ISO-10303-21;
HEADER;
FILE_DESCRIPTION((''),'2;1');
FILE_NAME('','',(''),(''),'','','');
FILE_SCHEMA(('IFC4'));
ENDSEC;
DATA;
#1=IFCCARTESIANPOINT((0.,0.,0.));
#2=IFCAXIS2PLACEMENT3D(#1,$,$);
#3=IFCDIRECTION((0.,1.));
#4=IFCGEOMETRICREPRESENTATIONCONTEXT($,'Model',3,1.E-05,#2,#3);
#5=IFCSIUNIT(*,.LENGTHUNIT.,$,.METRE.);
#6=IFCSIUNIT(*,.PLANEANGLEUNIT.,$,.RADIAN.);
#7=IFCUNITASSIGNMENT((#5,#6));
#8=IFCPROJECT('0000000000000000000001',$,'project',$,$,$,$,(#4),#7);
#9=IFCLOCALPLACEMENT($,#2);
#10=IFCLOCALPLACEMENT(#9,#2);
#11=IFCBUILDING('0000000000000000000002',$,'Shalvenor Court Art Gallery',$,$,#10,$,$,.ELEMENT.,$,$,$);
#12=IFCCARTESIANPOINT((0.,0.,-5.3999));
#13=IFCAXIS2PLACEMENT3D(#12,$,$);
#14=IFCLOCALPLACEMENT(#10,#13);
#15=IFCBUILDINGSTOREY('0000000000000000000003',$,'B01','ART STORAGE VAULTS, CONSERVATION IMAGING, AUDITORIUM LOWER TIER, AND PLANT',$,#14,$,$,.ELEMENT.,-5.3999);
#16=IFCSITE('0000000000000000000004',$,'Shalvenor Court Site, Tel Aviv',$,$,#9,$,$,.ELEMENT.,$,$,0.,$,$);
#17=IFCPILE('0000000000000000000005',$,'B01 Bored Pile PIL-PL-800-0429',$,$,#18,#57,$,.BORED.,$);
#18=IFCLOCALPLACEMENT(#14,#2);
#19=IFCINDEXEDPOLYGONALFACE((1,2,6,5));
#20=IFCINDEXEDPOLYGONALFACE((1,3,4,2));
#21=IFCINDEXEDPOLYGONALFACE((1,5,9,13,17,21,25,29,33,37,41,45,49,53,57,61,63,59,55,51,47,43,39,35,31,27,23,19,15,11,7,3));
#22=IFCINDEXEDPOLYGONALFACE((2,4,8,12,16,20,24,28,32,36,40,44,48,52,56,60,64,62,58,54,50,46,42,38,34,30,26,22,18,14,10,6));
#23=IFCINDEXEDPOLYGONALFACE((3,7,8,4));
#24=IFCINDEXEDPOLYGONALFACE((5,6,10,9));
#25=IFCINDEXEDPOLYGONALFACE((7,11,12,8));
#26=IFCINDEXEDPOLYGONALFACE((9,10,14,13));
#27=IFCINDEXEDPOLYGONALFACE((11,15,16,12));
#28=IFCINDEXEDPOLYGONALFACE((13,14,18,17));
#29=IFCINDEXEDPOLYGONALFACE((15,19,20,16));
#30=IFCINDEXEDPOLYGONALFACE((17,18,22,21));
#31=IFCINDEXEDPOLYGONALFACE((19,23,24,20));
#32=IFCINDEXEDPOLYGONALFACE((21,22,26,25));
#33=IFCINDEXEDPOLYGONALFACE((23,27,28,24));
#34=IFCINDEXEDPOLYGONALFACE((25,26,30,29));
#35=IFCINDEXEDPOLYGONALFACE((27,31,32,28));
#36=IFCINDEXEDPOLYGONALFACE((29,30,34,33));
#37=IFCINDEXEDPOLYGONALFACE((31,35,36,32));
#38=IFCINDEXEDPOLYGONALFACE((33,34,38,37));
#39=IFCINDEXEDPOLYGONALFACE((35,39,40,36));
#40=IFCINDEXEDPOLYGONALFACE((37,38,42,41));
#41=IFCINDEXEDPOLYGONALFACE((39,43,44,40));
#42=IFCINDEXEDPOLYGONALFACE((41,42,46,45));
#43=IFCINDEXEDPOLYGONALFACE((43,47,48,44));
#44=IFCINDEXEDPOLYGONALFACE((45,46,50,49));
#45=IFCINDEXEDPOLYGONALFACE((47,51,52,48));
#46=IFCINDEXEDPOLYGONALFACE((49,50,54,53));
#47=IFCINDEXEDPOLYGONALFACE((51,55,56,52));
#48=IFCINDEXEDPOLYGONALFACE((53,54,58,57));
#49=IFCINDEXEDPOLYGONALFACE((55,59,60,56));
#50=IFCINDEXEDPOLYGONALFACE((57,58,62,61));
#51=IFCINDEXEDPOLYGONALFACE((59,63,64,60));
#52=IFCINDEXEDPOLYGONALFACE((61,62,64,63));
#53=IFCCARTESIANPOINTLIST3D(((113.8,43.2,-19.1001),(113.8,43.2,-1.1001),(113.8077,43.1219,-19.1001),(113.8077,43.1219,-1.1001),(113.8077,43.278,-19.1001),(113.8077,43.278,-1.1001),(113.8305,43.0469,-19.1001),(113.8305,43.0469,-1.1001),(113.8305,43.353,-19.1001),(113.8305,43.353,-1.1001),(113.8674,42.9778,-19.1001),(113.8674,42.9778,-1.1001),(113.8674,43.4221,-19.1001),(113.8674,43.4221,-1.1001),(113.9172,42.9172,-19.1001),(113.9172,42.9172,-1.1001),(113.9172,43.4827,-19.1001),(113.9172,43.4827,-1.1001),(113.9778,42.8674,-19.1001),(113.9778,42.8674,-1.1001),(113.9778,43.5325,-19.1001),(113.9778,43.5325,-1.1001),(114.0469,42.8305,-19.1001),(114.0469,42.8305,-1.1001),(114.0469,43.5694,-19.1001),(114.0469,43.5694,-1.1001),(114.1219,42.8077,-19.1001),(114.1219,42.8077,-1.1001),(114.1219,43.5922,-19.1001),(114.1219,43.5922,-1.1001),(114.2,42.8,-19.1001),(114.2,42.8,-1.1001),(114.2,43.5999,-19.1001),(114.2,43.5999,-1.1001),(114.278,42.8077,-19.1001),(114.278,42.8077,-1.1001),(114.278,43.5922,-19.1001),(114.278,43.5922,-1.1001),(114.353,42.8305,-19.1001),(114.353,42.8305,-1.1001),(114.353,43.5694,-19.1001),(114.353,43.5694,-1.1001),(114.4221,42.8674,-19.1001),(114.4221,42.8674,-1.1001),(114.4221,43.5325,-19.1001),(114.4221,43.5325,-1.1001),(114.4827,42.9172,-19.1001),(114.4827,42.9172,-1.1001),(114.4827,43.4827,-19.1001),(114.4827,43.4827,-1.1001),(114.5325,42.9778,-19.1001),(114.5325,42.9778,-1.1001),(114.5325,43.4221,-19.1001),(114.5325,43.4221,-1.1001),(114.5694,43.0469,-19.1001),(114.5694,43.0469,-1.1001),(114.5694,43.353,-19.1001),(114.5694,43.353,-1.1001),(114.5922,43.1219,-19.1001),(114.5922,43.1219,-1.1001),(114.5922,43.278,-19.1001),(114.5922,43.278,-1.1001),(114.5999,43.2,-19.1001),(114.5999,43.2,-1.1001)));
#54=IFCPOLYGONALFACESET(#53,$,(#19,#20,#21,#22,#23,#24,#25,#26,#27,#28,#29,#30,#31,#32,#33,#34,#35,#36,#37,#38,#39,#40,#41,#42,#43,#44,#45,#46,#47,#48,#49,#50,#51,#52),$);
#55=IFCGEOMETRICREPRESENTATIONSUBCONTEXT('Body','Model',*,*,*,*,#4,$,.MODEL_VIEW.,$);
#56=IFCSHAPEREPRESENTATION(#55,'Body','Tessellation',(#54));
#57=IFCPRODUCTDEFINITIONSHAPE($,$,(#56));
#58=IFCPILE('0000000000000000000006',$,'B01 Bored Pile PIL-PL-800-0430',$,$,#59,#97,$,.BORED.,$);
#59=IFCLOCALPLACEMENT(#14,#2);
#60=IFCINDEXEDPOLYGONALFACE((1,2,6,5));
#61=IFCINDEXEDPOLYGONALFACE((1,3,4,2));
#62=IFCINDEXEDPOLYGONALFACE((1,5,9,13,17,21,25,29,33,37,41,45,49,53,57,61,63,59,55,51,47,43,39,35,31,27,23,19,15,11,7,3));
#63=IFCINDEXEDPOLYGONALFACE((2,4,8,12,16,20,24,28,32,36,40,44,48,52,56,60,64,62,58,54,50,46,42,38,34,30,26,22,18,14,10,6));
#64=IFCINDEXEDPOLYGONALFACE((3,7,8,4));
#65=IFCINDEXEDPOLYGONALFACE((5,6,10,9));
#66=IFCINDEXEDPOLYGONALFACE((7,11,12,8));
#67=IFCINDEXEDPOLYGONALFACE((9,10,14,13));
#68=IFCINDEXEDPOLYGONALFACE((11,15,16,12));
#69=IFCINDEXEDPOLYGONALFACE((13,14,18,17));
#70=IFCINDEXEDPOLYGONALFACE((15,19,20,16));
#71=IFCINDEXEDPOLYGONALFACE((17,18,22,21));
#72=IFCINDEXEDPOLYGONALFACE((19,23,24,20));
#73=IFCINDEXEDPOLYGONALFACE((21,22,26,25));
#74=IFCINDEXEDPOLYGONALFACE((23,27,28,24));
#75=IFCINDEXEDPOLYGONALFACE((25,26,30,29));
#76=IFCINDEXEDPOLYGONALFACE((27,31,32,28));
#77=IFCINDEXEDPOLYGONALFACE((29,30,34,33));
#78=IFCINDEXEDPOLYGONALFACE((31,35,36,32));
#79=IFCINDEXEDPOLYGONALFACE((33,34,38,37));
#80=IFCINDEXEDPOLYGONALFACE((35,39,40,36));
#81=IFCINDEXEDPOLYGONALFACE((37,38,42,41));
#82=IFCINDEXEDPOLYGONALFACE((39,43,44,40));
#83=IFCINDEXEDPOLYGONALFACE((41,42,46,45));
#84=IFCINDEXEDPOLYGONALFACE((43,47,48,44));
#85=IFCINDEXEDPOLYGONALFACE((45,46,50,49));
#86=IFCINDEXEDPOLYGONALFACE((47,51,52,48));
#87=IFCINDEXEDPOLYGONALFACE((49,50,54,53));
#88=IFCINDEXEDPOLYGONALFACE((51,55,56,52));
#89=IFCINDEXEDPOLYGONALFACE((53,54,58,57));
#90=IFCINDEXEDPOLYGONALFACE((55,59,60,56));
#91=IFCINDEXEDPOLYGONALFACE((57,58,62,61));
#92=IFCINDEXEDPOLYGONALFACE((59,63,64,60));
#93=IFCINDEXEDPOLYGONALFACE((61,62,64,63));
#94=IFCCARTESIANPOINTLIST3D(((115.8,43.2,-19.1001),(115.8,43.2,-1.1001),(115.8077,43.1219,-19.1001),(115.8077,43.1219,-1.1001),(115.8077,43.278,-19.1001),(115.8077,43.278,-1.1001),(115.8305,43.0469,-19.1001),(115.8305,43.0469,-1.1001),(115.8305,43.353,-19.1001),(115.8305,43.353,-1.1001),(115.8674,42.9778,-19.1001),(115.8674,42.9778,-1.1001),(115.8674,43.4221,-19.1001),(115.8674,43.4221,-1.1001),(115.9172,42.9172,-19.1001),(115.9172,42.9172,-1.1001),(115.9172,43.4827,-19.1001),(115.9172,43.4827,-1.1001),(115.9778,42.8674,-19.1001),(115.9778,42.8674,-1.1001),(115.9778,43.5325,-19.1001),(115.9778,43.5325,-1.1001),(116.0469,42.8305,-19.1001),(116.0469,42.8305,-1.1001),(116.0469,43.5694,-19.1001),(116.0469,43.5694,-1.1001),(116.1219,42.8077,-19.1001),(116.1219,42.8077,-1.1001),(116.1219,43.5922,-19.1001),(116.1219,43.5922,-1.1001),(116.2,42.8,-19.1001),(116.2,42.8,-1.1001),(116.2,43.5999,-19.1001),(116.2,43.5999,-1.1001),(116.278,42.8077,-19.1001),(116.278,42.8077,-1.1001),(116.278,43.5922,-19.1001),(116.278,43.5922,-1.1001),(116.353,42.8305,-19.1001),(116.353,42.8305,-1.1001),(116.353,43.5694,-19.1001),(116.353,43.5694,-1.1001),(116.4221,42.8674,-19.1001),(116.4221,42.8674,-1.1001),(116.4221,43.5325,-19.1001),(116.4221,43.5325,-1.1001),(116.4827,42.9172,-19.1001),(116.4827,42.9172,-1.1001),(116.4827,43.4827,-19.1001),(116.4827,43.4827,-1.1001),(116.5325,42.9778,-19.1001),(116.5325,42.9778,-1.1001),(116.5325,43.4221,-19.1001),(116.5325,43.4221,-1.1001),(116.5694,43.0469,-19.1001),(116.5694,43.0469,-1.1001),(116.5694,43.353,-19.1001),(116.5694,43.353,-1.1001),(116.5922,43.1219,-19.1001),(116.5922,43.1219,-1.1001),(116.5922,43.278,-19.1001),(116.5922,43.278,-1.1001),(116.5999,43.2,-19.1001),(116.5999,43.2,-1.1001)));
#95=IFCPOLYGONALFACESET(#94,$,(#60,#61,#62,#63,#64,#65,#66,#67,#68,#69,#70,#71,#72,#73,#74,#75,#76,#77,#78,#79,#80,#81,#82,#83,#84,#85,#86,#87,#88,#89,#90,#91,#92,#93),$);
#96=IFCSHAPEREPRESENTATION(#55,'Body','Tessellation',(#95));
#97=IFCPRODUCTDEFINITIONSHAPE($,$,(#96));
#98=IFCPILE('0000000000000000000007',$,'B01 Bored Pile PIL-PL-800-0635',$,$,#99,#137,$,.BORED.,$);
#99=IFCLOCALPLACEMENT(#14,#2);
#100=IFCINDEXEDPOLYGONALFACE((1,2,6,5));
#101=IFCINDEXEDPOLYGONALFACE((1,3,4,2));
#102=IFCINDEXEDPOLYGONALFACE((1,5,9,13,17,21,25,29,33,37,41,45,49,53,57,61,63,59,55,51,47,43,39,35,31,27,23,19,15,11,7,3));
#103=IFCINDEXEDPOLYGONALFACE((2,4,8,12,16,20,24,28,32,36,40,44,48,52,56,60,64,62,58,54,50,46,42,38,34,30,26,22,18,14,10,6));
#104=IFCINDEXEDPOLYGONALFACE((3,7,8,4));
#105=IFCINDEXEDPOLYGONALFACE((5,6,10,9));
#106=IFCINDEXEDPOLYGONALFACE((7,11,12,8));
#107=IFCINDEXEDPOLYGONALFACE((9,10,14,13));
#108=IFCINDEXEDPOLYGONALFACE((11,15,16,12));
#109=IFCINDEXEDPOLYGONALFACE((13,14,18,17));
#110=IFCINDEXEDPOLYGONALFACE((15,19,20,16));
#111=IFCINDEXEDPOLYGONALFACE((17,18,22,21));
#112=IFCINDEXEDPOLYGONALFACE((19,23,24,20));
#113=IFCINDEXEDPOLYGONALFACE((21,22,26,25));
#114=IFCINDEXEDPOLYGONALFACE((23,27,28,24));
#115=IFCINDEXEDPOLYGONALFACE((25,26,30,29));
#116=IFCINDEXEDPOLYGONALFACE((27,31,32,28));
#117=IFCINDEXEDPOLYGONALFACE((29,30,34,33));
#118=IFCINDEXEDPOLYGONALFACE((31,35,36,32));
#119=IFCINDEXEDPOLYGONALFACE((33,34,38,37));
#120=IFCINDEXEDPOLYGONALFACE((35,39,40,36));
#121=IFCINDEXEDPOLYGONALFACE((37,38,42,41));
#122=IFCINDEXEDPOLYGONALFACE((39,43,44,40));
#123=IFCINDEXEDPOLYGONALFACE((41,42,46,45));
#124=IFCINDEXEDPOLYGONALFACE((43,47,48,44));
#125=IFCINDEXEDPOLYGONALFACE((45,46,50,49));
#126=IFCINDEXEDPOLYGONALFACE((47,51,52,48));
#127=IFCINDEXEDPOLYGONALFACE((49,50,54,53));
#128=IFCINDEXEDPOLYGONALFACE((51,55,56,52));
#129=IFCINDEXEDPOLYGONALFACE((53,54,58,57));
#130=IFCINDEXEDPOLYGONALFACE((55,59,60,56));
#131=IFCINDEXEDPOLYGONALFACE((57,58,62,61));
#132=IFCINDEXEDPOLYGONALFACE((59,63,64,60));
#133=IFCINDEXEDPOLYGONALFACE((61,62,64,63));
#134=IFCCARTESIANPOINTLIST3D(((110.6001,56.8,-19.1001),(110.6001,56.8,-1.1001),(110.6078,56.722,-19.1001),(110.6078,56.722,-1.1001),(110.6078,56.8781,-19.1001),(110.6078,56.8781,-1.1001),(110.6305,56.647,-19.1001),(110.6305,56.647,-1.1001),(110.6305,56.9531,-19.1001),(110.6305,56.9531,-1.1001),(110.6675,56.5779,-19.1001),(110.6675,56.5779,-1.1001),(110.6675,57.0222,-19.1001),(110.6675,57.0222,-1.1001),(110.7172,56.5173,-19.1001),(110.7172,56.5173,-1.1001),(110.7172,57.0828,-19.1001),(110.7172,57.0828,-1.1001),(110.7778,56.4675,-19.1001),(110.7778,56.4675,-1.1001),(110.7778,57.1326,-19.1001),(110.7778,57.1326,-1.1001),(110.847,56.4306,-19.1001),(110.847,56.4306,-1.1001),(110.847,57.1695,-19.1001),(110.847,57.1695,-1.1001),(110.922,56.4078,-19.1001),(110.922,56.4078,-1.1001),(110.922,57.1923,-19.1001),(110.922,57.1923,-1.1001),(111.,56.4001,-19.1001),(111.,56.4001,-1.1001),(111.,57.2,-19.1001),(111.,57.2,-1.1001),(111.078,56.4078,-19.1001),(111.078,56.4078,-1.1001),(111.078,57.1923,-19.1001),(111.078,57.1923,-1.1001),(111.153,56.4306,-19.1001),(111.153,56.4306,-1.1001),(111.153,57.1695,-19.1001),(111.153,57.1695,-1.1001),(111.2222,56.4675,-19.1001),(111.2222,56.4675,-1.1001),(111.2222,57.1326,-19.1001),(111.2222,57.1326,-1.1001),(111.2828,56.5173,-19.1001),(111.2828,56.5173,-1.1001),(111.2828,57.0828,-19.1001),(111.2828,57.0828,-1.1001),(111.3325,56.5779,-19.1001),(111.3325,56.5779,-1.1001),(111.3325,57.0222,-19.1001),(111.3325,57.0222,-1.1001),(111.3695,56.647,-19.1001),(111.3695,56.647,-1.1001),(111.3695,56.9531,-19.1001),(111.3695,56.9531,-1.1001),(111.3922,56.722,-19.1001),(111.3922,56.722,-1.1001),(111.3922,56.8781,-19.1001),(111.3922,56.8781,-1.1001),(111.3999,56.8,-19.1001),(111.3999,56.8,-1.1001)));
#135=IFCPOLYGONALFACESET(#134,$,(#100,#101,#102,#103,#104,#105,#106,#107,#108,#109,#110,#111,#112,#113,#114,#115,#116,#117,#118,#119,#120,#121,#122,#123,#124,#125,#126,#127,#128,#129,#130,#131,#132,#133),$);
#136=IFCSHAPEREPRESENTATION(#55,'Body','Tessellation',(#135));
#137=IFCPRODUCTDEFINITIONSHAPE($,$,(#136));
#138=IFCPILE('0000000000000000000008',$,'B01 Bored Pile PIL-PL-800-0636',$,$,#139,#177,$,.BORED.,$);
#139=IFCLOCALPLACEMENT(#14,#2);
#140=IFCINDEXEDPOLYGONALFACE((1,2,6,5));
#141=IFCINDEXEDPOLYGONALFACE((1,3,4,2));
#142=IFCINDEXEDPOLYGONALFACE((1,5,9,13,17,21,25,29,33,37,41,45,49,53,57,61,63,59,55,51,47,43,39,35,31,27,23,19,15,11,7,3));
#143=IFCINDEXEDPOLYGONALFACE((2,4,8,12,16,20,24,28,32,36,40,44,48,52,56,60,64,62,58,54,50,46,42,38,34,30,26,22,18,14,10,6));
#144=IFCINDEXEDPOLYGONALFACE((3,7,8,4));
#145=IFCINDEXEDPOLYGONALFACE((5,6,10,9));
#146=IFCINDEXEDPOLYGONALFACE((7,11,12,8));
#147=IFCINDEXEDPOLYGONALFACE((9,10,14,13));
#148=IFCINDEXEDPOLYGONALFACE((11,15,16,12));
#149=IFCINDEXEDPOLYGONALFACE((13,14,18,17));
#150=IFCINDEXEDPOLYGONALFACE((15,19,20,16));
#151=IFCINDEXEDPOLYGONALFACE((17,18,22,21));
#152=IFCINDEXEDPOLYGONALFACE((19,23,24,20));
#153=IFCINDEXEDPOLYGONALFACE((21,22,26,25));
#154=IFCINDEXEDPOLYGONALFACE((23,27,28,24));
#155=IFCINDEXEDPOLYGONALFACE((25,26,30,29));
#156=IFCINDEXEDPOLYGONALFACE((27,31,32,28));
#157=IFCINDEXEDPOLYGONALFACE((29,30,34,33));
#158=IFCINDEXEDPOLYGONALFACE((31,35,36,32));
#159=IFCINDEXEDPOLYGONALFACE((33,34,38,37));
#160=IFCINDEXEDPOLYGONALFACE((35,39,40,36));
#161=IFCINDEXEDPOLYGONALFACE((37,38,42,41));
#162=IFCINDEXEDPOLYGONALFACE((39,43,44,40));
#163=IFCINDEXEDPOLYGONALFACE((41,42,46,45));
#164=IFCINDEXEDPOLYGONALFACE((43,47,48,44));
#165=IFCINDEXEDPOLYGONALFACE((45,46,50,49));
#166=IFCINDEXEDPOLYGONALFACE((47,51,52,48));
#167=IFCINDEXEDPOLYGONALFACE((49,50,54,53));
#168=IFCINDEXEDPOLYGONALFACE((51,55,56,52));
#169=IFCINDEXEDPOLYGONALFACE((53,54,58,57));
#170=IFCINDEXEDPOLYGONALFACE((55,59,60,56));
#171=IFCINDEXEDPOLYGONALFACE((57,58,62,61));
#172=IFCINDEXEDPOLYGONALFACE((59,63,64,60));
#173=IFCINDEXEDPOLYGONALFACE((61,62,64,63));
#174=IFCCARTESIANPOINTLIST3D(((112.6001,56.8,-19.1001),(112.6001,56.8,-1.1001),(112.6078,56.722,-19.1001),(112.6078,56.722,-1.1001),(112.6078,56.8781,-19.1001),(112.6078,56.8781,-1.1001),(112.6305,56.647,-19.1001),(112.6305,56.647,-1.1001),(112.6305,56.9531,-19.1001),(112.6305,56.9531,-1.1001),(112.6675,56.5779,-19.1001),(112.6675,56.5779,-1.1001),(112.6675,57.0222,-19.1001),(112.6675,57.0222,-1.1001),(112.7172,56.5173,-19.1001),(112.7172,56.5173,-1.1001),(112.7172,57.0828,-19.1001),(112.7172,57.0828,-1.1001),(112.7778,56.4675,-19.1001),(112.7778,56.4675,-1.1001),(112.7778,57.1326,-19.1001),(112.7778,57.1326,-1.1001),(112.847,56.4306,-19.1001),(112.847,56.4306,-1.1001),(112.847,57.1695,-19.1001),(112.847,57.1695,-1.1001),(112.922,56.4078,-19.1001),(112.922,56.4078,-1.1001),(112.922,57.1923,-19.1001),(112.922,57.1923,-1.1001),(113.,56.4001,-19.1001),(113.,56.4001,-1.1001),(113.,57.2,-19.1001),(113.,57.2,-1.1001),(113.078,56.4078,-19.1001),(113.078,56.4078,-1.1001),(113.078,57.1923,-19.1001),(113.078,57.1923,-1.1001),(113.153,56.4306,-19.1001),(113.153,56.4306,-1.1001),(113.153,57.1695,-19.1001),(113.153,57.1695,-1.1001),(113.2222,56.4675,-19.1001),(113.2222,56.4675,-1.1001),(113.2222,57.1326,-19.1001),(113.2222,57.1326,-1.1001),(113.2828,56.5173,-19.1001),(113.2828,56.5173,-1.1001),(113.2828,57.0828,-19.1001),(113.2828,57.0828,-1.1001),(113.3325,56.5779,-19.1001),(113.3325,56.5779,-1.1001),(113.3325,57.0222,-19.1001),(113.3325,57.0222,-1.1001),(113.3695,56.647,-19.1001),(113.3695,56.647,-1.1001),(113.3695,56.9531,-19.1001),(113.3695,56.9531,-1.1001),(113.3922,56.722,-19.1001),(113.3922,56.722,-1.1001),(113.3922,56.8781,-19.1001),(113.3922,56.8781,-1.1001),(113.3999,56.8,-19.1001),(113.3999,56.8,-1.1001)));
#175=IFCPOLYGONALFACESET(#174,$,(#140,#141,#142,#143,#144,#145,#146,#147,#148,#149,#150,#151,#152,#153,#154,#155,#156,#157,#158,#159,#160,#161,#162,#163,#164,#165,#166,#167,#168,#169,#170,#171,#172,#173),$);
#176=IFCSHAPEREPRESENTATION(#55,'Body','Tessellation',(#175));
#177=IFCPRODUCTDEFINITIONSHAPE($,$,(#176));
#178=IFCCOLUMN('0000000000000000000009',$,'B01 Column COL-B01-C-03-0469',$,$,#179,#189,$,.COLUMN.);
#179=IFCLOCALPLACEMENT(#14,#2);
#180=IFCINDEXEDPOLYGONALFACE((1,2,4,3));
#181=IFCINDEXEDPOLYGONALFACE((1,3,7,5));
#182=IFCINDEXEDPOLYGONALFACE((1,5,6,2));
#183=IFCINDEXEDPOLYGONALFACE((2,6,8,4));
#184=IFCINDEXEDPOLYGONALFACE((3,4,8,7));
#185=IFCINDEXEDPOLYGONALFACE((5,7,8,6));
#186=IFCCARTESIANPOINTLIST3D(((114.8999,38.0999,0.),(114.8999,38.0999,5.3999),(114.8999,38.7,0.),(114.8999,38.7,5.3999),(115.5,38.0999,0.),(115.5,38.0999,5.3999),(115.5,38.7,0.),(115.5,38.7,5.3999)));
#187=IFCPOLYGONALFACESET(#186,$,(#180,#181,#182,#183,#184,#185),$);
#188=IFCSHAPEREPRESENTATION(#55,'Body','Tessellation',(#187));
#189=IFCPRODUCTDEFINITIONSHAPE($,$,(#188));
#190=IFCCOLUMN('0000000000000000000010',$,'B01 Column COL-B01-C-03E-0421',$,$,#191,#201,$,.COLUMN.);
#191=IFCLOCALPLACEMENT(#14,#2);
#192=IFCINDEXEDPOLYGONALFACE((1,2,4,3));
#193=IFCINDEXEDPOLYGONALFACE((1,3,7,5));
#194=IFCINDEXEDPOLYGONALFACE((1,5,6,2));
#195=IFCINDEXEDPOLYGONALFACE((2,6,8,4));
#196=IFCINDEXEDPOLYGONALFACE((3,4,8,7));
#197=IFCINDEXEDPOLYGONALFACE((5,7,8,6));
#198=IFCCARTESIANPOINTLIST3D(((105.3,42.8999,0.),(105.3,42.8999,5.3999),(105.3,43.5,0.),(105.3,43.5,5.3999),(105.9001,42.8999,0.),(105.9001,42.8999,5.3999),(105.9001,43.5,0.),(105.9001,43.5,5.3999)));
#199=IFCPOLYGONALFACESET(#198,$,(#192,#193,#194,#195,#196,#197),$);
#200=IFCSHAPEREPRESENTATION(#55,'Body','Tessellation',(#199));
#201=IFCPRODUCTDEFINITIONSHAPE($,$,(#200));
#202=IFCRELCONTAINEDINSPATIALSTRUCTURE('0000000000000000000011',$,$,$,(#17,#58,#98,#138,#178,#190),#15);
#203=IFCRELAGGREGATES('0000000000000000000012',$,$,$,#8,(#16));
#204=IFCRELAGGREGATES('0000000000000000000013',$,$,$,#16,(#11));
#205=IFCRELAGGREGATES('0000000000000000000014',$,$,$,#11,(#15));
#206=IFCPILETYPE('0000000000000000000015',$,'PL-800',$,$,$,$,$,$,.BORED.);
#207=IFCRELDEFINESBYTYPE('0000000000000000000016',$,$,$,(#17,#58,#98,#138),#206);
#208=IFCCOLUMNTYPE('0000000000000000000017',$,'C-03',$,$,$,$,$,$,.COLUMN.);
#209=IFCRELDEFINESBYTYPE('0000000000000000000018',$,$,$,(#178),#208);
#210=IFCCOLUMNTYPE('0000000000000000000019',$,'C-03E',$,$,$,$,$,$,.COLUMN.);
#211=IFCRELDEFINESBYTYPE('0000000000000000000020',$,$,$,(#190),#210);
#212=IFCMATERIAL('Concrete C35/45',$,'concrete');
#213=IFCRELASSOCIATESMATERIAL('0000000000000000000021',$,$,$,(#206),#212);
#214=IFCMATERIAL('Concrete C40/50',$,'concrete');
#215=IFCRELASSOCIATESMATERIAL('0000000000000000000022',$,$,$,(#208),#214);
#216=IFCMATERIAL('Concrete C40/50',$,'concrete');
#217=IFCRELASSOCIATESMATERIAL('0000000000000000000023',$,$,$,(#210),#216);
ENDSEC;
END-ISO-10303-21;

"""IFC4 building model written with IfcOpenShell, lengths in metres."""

from ifc_helpers import new_model, si_unit, direction, frame, origin, origin_2d, place, context, subcontext, project, spatial, rectangle, circle, extrude, material, material_profile, profile_set, type_object, element, save


model = new_model("IFC4")

# Units and contexts
model_context = context("Model", 3, precision=1e-05, world=origin(), true_north=direction((0.0, 1.0)))
body_context = subcontext(model_context, "Body", "Model", "MODEL_VIEW")
ifc_project = project(units=[si_unit("LENGTHUNIT", "METRE"), si_unit("PLANEANGLEUNIT", "RADIAN")], contexts=[model_context])

# Site, building, storey
site_placement = place(None, origin())
site = spatial("IfcSite", under=ifc_project, at=site_placement, Name="Shalvenor Court Site, Tel Aviv", CompositionType="ELEMENT", RefElevation=0.0)
building_placement = place(site_placement, origin())
building = spatial("IfcBuilding", under=site, at=building_placement, Name="Shalvenor Court Art Gallery", CompositionType="ELEMENT")
storey_placement = place(building_placement, frame((0.0, 0.0, -5.3999)))
storey = spatial("IfcBuildingStorey", under=building, at=storey_placement, Name="B01", Description="ART STORAGE VAULTS, CONSERVATION IMAGING, AUDITORIUM LOWER TIER, AND PLANT", CompositionType="ELEMENT", Elevation=-5.3999)

# Piles
ifc_material_1 = material(Name="Concrete C35/45", Category="concrete")
ifc_material_profile_1 = material_profile(ifc_material_1, circle(Radius=0.3999, at=origin_2d()), Name="PILE 800")
ifc_profile_set_1 = profile_set([ifc_material_profile_1], Name="Concrete C35/45")
pile_type = type_object("IfcPileType", Name="PL-800", PredefinedType="BORED", material=ifc_profile_set_1)
for number, where, z_axis, x_axis, name in (
    (1, (114.2, 43.2, -1.1001), (0.0, 0.0, -1.0), (1.0, 0.0, 0.0), "B01 Bored Pile PIL-PL-800-0429"),
    (2, (116.2, 43.2, -1.1001), (0.0, 0.0, -1.0), (1.0, 0.0, 0.0), "B01 Bored Pile PIL-PL-800-0430"),
    (3, (111.0, 56.8, -1.1001), (0.0, 0.0, -1.0), (1.0, 0.0, 0.0), "B01 Bored Pile PIL-PL-800-0635"),
    (4, (113.0, 56.8, -1.1001), (0.0, 0.0, -1.0), (1.0, 0.0, 0.0), "B01 Bored Pile PIL-PL-800-0636"),
):
    element("IfcPile", number, at=place(storey_placement, frame(where, z_axis=z_axis, x_axis=x_axis)), inside=storey, type_object=pile_type, Name=name, PredefinedType="BORED", context=body_context, shape_type="SweptSolid", body=[
        extrude(circle(Radius=0.3999, at=origin_2d()), origin(), (0.0, 0.0, 1.0), 18.0),
    ])

# Columns
ifc_material_2 = material(Name="Concrete C40/50", Category="concrete")
ifc_material_profile_2 = material_profile(ifc_material_2, rectangle(XDim=0.6001, YDim=0.6001, at=origin_2d()), Name="RC 600x600")
ifc_profile_set_2 = profile_set([ifc_material_profile_2], Name="Concrete C40/50")
column_type_1 = type_object("IfcColumnType", Name="C-03", PredefinedType="COLUMN", material=ifc_profile_set_2)
column_1_placement = place(storey_placement, frame((115.2, 38.3999, 0.0), z_axis=(0.0, 0.0, 1.0), x_axis=(1.0, 0.0, 0.0)))
element("IfcColumn", 5, at=column_1_placement, inside=storey, type_object=column_type_1, Name="B01 Column COL-B01-C-03-0469", PredefinedType="COLUMN", context=body_context, shape_type="SweptSolid", body=[
    extrude(rectangle(XDim=0.6001, YDim=0.6001, at=origin_2d()), origin(), (0.0, 0.0, 1.0), 5.3999),
])
ifc_material_3 = material(Name="Concrete C40/50", Category="concrete")
ifc_material_profile_3 = material_profile(ifc_material_3, rectangle(XDim=0.6001, YDim=0.6001, at=origin_2d()), Name="RC 600x600")
ifc_profile_set_3 = profile_set([ifc_material_profile_3], Name="Concrete C40/50")
column_type_2 = type_object("IfcColumnType", Name="C-03E", PredefinedType="COLUMN", material=ifc_profile_set_3)
for number, where, z_axis, x_axis, name in (
    (6, (105.6001, 43.2, 0.0), (0.0, 0.0, 1.0), (1.0, 0.0, 0.0), "B01 Column COL-B01-C-03E-0421"),
):
    element("IfcColumn", number, at=place(storey_placement, frame(where, z_axis=z_axis, x_axis=x_axis)), inside=storey, type_object=column_type_2, Name=name, PredefinedType="COLUMN", context=body_context, shape_type="SweptSolid", body=[
        extrude(rectangle(XDim=0.6001, YDim=0.6001, at=origin_2d()), origin(), (0.0, 0.0, 1.0), 5.3999),
    ])

save(model, "model.ifc")
